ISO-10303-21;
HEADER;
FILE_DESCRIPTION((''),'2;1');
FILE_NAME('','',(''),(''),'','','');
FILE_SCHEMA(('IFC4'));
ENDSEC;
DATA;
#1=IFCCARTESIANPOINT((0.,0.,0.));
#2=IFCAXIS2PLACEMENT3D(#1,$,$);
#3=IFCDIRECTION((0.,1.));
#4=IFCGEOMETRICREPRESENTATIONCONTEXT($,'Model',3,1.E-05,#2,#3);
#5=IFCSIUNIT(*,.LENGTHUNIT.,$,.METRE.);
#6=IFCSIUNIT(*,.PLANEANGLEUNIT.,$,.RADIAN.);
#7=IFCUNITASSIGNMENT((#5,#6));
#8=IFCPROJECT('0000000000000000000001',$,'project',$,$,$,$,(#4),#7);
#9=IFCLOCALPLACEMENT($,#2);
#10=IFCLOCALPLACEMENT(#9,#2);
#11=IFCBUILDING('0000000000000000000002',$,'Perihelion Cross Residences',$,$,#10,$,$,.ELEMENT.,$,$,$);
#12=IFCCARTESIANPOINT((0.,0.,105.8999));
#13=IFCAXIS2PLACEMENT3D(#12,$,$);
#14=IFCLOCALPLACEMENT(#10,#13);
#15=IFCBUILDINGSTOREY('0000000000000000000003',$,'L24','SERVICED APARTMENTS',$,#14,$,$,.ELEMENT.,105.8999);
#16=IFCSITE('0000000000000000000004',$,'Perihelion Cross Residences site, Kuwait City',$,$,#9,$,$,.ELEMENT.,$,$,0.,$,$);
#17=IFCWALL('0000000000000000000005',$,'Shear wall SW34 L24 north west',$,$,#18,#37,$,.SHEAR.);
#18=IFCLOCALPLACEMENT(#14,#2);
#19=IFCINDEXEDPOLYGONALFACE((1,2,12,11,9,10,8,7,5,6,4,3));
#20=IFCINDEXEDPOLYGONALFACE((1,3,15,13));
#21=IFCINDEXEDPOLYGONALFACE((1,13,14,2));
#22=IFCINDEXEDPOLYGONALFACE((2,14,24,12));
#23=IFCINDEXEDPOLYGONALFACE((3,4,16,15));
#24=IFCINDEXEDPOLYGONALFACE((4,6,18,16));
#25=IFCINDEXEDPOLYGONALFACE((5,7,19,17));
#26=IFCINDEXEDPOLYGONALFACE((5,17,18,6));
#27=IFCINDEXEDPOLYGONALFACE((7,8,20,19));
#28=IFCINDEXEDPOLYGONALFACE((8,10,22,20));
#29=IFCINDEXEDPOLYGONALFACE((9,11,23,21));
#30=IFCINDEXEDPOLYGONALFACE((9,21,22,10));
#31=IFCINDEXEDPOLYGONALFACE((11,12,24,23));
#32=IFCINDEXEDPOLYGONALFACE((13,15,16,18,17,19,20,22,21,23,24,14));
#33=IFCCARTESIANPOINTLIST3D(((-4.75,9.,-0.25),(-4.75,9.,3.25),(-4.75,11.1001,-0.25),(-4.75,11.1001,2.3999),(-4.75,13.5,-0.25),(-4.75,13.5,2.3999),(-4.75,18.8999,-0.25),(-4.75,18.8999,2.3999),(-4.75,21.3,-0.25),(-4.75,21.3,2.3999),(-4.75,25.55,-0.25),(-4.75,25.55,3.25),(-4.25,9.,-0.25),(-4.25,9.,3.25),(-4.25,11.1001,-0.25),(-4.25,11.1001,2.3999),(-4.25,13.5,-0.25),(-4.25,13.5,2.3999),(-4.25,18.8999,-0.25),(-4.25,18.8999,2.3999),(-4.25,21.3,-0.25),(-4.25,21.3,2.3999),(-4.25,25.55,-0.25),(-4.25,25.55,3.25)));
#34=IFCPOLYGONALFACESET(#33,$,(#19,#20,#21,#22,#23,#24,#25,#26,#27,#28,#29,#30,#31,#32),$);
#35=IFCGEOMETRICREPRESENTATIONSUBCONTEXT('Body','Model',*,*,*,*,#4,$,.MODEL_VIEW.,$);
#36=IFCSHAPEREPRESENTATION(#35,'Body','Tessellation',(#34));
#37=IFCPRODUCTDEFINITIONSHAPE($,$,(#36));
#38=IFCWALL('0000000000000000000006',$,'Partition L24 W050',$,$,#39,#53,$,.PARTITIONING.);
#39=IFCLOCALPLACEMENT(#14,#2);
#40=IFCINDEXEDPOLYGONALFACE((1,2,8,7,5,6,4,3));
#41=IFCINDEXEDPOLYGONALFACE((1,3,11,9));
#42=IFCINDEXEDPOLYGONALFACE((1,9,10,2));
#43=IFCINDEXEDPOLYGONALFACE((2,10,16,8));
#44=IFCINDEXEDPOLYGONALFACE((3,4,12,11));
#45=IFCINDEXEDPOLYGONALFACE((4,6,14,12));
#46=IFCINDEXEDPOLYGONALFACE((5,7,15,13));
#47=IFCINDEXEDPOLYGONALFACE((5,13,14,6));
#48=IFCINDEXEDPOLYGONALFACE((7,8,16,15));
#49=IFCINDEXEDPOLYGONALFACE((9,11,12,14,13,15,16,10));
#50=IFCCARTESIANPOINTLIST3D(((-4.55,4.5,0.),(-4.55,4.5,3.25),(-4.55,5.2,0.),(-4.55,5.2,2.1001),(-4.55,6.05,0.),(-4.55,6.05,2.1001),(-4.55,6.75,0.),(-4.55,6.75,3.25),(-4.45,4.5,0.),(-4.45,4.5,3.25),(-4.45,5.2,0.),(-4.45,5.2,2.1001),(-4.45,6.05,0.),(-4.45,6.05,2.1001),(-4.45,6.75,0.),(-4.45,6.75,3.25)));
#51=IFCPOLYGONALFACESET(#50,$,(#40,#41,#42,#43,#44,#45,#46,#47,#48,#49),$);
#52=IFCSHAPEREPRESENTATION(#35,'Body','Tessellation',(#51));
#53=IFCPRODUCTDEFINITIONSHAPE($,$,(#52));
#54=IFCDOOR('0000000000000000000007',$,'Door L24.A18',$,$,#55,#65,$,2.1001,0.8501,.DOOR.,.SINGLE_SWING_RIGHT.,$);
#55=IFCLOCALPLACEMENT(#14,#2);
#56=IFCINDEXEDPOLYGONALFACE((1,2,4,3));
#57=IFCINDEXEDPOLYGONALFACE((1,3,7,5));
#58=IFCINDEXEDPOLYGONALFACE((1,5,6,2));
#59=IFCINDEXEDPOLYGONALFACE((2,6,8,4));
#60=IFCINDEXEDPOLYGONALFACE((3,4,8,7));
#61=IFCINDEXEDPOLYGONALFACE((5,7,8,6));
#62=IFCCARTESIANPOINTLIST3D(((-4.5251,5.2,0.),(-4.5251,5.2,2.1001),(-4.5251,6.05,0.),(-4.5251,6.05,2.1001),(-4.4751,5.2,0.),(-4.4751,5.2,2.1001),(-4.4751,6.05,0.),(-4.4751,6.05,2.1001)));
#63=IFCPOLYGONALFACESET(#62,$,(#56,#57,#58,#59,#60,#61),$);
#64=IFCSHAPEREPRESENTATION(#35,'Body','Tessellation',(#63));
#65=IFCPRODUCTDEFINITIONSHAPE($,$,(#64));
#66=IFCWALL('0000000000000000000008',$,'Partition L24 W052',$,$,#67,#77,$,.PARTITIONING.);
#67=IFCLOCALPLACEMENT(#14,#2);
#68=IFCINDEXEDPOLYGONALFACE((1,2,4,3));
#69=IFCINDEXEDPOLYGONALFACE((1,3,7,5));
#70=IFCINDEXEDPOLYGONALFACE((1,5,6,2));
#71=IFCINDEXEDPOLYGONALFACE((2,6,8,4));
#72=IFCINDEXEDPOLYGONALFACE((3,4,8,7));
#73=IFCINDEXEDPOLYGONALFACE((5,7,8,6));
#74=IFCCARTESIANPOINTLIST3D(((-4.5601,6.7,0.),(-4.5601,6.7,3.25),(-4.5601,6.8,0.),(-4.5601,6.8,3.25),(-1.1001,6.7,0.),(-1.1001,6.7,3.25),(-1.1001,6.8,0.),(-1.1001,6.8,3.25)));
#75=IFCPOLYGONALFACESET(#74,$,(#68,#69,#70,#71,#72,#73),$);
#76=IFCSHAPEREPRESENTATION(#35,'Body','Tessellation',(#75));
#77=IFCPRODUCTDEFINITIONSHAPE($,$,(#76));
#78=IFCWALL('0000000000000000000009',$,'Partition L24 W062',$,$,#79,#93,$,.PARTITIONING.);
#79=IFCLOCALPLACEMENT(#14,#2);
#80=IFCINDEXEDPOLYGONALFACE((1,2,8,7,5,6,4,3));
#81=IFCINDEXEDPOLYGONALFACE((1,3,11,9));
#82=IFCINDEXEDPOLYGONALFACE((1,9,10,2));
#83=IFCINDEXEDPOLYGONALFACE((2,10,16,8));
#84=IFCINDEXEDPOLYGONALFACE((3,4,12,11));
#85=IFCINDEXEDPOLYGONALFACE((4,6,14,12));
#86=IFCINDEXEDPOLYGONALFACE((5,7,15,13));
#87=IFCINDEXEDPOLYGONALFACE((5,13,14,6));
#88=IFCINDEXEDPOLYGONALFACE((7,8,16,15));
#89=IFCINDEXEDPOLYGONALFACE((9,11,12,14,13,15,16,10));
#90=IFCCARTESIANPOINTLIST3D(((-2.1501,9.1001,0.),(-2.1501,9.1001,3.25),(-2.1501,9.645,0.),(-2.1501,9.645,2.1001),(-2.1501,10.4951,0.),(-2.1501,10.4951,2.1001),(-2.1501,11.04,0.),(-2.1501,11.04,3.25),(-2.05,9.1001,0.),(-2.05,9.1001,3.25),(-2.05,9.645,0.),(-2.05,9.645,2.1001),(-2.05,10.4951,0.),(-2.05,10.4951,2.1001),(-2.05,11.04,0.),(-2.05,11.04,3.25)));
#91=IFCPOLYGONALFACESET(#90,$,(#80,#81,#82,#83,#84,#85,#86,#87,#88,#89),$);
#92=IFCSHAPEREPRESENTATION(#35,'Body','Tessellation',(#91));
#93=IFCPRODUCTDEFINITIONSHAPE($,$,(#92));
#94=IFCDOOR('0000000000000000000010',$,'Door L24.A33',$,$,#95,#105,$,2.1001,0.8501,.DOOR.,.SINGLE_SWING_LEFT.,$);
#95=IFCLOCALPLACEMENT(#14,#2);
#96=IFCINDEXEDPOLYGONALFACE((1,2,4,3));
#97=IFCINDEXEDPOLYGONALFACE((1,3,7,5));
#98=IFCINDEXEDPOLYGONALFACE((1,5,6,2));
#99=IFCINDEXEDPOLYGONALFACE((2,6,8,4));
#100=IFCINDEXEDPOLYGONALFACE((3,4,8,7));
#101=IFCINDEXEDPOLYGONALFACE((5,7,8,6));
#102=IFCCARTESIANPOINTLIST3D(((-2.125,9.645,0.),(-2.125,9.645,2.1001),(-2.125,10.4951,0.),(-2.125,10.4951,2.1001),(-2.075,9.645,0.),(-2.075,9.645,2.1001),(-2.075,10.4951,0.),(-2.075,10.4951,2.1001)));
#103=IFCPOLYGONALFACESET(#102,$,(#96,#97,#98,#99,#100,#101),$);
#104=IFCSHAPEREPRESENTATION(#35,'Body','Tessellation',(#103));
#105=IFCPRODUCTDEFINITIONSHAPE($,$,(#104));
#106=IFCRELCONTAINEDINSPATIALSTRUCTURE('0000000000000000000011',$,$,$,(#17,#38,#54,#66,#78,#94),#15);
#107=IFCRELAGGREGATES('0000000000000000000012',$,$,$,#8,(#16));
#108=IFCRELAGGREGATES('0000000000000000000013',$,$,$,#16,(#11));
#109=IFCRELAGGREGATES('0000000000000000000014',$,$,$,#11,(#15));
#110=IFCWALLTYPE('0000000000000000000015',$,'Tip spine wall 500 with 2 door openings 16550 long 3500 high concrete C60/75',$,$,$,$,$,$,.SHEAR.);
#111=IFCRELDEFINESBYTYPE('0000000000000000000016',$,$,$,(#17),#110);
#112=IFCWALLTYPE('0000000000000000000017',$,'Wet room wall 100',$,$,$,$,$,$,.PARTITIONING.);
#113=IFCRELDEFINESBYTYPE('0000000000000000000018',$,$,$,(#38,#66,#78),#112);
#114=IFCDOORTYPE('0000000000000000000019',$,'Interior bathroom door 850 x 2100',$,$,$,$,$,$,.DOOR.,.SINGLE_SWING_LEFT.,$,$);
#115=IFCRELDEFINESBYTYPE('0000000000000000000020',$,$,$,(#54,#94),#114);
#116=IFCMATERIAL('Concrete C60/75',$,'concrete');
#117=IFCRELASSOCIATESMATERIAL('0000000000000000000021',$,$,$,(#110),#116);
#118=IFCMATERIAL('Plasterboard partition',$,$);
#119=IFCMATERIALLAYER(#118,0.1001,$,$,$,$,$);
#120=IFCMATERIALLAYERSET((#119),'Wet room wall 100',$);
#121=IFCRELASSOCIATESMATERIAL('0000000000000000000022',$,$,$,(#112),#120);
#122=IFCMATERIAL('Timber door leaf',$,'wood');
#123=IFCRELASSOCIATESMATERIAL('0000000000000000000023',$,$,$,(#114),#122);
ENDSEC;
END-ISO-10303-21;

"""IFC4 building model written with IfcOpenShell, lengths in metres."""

from ifc_helpers import new_model, si_unit, direction, frame, frame_2d, origin, place, context, subcontext, project, spatial, polyline, rectangle, outline, extrude, material, layer, layer_set, material_profile, profile_set, type_object, element, fill, save


model = new_model("IFC4")

# Units and contexts
model_context = context("Model", 3, precision=1e-05, world=origin(), true_north=direction((0.0, 1.0)))
body_context = subcontext(model_context, "Body", "Model", "MODEL_VIEW")
ifc_project = project(units=[si_unit("LENGTHUNIT", "METRE"), si_unit("PLANEANGLEUNIT", "RADIAN")], contexts=[model_context])

# Site, building, storey
site_placement = place(None, origin())
site = spatial("IfcSite", under=ifc_project, at=site_placement, Name="Perihelion Cross Residences site, Kuwait City", CompositionType="ELEMENT", RefElevation=0.0)
building_placement = place(site_placement, origin())
building = spatial("IfcBuilding", under=site, at=building_placement, Name="Perihelion Cross Residences", CompositionType="ELEMENT")
storey_placement = place(building_placement, frame((0.0, 0.0, 105.8999)))
storey = spatial("IfcBuildingStorey", under=building, at=storey_placement, Name="L24", Description="SERVICED APARTMENTS", CompositionType="ELEMENT", Elevation=105.8999)

# Wall
ifc_material_1 = material(Name="Concrete C60/75", Category="concrete")
ifc_material_profile_1 = material_profile(ifc_material_1, outline(polyline([(0.0, 0.0), (2.1001, 0.0), (2.1001, 2.6499), (4.5, 2.6499), (4.5, 0.0), (9.8999, 0.0), (9.8999, 2.6499), (12.3, 2.6499), (12.3, 0.0), (16.55, 0.0), (16.55, 3.5), (0.0, 3.5), (0.0, 0.0)])), Name="Tip spine wall")
ifc_profile_set_1 = profile_set([ifc_material_profile_1], Name="Concrete C60/75")
wall_type_1 = type_object("IfcWallType", Name="Tip spine wall 500 with 2 door openings 16550 long 3500 high concrete C60/75", PredefinedType="SHEAR", material=ifc_profile_set_1)
wall_1_placement = place(storey_placement, frame((-4.75, 9.0, -0.25), z_axis=(1.0, 0.0, 0.0), x_axis=(0.0, 1.0, 0.0)))
element("IfcWall", 1, at=wall_1_placement, inside=storey, type_object=wall_type_1, Name="Shear wall SW34 L24 north west", PredefinedType="SHEAR", context=body_context, shape_type="SweptSolid", body=[
    extrude(outline(polyline([(0.0, 0.0), (2.1001, 0.0), (2.1001, 2.6499), (4.5, 2.6499), (4.5, 0.0), (9.8999, 0.0), (9.8999, 2.6499), (12.3, 2.6499), (12.3, 0.0), (16.55, 0.0), (16.55, 3.5), (0.0, 3.5), (0.0, 0.0)])), origin(), (0.0, 0.0, 1.0), 0.5),
])

# Wall, opening, door
ifc_material_2 = material(Name="Plasterboard partition")
ifc_layer_1 = layer(ifc_material_2, 0.1001)
ifc_layer_set_1 = layer_set([ifc_layer_1], Name="Wet room wall 100")
wall_type_2 = type_object("IfcWallType", Name="Wet room wall 100", PredefinedType="PARTITIONING", material=ifc_layer_set_1)
wall_2_placement = place(storey_placement, frame((-4.5, 6.75, 0.0), z_axis=(0.0, 0.0, 1.0), x_axis=(0.0, -1.0, 0.0)))
wall_2 = element("IfcWall", 2, at=wall_2_placement, inside=storey, type_object=wall_type_2, Name="Partition L24 W050", PredefinedType="PARTITIONING", context=body_context, shape_type="SweptSolid", body=[
    extrude(rectangle(XDim=2.25, YDim=0.1001, at=frame_2d((1.125, 0.0))), origin(), (0.0, 0.0, 1.0), 3.25),
])
opening_1_placement = place(wall_2_placement, frame((0.7, 0.0, 0.0)))
opening_1 = element("IfcOpeningElement", 3, at=opening_1_placement, cuts=wall_2, PredefinedType="OPENING", context=body_context, shape_type="SweptSolid", body=[
    extrude(rectangle(XDim=0.8501, YDim=2.1001, at=frame_2d((0.425, 1.05))), frame((0.0, 0.0601, 0.0), z_axis=(0.0, -1.0, 0.0), x_axis=(1.0, 0.0, 0.0)), (0.0, 0.0, 1.0), 0.1201),
])
ifc_material_3 = material(Name="Timber door leaf", Category="wood")
door_type_1 = type_object("IfcDoorType", Name="Interior bathroom door 850 x 2100", OperationType="SINGLE_SWING_LEFT", PredefinedType="DOOR", material=ifc_material_3)
door_1_placement = place(opening_1_placement, origin())
door_1 = element("IfcDoor", 4, at=door_1_placement, inside=storey, type_object=door_type_1, Name="Door L24.A18", OperationType="SINGLE_SWING_RIGHT", OverallHeight=2.1001, OverallWidth=0.8501, PredefinedType="DOOR", context=body_context, shape_type="SweptSolid", body=[
    extrude(rectangle(XDim=0.8501, YDim=2.1001, at=frame_2d((0.425, 1.05))), frame((0.0, 0.0249, 0.0), z_axis=(0.0, -1.0, 0.0), x_axis=(1.0, 0.0, 0.0)), (0.0, 0.0, 1.0), 0.05),
])
fill(opening_1, door_1)

# Wall
wall_3_placement = place(storey_placement, frame((-4.5601, 6.75, 0.0), z_axis=(0.0, 0.0, 1.0), x_axis=(1.0, 0.0, 0.0)))
element("IfcWall", 5, at=wall_3_placement, inside=storey, type_object=wall_type_2, Name="Partition L24 W052", PredefinedType="PARTITIONING", context=body_context, shape_type="SweptSolid", body=[
    extrude(rectangle(XDim=3.46, YDim=0.1001, at=frame_2d((1.73, 0.0))), origin(), (0.0, 0.0, 1.0), 3.25),
])

# Wall, opening, door
wall_4_placement = place(storey_placement, frame((-2.1001, 9.1001, 0.0), z_axis=(0.0, 0.0, 1.0), x_axis=(0.0, 1.0, 0.0)))
wall_4 = element("IfcWall", 6, at=wall_4_placement, inside=storey, type_object=wall_type_2, Name="Partition L24 W062", PredefinedType="PARTITIONING", context=body_context, shape_type="SweptSolid", body=[
    extrude(rectangle(XDim=1.9399, YDim=0.1001, at=frame_2d((0.97, 0.0))), origin(), (0.0, 0.0, 1.0), 3.25),
])
opening_2_placement = place(wall_4_placement, frame((0.5449, 0.0, 0.0)))
opening_2 = element("IfcOpeningElement", 7, at=opening_2_placement, cuts=wall_4, PredefinedType="OPENING", context=body_context, shape_type="SweptSolid", body=[
    extrude(rectangle(XDim=0.8501, YDim=2.1001, at=frame_2d((0.425, 1.05))), frame((0.0, 0.0601, 0.0), z_axis=(0.0, -1.0, 0.0), x_axis=(1.0, 0.0, 0.0)), (0.0, 0.0, 1.0), 0.1201),
])
door_2_placement = place(opening_2_placement, origin())
door_2 = element("IfcDoor", 8, at=door_2_placement, inside=storey, type_object=door_type_1, Name="Door L24.A33", OperationType="SINGLE_SWING_LEFT", OverallHeight=2.1001, OverallWidth=0.8501, PredefinedType="DOOR", context=body_context, shape_type="SweptSolid", body=[
    extrude(rectangle(XDim=0.8501, YDim=2.1001, at=frame_2d((0.425, 1.05))), frame((0.0, 0.0249, 0.0), z_axis=(0.0, -1.0, 0.0), x_axis=(1.0, 0.0, 0.0)), (0.0, 0.0, 1.0), 0.05),
])
fill(opening_2, door_2)

save(model, "model.ifc")
